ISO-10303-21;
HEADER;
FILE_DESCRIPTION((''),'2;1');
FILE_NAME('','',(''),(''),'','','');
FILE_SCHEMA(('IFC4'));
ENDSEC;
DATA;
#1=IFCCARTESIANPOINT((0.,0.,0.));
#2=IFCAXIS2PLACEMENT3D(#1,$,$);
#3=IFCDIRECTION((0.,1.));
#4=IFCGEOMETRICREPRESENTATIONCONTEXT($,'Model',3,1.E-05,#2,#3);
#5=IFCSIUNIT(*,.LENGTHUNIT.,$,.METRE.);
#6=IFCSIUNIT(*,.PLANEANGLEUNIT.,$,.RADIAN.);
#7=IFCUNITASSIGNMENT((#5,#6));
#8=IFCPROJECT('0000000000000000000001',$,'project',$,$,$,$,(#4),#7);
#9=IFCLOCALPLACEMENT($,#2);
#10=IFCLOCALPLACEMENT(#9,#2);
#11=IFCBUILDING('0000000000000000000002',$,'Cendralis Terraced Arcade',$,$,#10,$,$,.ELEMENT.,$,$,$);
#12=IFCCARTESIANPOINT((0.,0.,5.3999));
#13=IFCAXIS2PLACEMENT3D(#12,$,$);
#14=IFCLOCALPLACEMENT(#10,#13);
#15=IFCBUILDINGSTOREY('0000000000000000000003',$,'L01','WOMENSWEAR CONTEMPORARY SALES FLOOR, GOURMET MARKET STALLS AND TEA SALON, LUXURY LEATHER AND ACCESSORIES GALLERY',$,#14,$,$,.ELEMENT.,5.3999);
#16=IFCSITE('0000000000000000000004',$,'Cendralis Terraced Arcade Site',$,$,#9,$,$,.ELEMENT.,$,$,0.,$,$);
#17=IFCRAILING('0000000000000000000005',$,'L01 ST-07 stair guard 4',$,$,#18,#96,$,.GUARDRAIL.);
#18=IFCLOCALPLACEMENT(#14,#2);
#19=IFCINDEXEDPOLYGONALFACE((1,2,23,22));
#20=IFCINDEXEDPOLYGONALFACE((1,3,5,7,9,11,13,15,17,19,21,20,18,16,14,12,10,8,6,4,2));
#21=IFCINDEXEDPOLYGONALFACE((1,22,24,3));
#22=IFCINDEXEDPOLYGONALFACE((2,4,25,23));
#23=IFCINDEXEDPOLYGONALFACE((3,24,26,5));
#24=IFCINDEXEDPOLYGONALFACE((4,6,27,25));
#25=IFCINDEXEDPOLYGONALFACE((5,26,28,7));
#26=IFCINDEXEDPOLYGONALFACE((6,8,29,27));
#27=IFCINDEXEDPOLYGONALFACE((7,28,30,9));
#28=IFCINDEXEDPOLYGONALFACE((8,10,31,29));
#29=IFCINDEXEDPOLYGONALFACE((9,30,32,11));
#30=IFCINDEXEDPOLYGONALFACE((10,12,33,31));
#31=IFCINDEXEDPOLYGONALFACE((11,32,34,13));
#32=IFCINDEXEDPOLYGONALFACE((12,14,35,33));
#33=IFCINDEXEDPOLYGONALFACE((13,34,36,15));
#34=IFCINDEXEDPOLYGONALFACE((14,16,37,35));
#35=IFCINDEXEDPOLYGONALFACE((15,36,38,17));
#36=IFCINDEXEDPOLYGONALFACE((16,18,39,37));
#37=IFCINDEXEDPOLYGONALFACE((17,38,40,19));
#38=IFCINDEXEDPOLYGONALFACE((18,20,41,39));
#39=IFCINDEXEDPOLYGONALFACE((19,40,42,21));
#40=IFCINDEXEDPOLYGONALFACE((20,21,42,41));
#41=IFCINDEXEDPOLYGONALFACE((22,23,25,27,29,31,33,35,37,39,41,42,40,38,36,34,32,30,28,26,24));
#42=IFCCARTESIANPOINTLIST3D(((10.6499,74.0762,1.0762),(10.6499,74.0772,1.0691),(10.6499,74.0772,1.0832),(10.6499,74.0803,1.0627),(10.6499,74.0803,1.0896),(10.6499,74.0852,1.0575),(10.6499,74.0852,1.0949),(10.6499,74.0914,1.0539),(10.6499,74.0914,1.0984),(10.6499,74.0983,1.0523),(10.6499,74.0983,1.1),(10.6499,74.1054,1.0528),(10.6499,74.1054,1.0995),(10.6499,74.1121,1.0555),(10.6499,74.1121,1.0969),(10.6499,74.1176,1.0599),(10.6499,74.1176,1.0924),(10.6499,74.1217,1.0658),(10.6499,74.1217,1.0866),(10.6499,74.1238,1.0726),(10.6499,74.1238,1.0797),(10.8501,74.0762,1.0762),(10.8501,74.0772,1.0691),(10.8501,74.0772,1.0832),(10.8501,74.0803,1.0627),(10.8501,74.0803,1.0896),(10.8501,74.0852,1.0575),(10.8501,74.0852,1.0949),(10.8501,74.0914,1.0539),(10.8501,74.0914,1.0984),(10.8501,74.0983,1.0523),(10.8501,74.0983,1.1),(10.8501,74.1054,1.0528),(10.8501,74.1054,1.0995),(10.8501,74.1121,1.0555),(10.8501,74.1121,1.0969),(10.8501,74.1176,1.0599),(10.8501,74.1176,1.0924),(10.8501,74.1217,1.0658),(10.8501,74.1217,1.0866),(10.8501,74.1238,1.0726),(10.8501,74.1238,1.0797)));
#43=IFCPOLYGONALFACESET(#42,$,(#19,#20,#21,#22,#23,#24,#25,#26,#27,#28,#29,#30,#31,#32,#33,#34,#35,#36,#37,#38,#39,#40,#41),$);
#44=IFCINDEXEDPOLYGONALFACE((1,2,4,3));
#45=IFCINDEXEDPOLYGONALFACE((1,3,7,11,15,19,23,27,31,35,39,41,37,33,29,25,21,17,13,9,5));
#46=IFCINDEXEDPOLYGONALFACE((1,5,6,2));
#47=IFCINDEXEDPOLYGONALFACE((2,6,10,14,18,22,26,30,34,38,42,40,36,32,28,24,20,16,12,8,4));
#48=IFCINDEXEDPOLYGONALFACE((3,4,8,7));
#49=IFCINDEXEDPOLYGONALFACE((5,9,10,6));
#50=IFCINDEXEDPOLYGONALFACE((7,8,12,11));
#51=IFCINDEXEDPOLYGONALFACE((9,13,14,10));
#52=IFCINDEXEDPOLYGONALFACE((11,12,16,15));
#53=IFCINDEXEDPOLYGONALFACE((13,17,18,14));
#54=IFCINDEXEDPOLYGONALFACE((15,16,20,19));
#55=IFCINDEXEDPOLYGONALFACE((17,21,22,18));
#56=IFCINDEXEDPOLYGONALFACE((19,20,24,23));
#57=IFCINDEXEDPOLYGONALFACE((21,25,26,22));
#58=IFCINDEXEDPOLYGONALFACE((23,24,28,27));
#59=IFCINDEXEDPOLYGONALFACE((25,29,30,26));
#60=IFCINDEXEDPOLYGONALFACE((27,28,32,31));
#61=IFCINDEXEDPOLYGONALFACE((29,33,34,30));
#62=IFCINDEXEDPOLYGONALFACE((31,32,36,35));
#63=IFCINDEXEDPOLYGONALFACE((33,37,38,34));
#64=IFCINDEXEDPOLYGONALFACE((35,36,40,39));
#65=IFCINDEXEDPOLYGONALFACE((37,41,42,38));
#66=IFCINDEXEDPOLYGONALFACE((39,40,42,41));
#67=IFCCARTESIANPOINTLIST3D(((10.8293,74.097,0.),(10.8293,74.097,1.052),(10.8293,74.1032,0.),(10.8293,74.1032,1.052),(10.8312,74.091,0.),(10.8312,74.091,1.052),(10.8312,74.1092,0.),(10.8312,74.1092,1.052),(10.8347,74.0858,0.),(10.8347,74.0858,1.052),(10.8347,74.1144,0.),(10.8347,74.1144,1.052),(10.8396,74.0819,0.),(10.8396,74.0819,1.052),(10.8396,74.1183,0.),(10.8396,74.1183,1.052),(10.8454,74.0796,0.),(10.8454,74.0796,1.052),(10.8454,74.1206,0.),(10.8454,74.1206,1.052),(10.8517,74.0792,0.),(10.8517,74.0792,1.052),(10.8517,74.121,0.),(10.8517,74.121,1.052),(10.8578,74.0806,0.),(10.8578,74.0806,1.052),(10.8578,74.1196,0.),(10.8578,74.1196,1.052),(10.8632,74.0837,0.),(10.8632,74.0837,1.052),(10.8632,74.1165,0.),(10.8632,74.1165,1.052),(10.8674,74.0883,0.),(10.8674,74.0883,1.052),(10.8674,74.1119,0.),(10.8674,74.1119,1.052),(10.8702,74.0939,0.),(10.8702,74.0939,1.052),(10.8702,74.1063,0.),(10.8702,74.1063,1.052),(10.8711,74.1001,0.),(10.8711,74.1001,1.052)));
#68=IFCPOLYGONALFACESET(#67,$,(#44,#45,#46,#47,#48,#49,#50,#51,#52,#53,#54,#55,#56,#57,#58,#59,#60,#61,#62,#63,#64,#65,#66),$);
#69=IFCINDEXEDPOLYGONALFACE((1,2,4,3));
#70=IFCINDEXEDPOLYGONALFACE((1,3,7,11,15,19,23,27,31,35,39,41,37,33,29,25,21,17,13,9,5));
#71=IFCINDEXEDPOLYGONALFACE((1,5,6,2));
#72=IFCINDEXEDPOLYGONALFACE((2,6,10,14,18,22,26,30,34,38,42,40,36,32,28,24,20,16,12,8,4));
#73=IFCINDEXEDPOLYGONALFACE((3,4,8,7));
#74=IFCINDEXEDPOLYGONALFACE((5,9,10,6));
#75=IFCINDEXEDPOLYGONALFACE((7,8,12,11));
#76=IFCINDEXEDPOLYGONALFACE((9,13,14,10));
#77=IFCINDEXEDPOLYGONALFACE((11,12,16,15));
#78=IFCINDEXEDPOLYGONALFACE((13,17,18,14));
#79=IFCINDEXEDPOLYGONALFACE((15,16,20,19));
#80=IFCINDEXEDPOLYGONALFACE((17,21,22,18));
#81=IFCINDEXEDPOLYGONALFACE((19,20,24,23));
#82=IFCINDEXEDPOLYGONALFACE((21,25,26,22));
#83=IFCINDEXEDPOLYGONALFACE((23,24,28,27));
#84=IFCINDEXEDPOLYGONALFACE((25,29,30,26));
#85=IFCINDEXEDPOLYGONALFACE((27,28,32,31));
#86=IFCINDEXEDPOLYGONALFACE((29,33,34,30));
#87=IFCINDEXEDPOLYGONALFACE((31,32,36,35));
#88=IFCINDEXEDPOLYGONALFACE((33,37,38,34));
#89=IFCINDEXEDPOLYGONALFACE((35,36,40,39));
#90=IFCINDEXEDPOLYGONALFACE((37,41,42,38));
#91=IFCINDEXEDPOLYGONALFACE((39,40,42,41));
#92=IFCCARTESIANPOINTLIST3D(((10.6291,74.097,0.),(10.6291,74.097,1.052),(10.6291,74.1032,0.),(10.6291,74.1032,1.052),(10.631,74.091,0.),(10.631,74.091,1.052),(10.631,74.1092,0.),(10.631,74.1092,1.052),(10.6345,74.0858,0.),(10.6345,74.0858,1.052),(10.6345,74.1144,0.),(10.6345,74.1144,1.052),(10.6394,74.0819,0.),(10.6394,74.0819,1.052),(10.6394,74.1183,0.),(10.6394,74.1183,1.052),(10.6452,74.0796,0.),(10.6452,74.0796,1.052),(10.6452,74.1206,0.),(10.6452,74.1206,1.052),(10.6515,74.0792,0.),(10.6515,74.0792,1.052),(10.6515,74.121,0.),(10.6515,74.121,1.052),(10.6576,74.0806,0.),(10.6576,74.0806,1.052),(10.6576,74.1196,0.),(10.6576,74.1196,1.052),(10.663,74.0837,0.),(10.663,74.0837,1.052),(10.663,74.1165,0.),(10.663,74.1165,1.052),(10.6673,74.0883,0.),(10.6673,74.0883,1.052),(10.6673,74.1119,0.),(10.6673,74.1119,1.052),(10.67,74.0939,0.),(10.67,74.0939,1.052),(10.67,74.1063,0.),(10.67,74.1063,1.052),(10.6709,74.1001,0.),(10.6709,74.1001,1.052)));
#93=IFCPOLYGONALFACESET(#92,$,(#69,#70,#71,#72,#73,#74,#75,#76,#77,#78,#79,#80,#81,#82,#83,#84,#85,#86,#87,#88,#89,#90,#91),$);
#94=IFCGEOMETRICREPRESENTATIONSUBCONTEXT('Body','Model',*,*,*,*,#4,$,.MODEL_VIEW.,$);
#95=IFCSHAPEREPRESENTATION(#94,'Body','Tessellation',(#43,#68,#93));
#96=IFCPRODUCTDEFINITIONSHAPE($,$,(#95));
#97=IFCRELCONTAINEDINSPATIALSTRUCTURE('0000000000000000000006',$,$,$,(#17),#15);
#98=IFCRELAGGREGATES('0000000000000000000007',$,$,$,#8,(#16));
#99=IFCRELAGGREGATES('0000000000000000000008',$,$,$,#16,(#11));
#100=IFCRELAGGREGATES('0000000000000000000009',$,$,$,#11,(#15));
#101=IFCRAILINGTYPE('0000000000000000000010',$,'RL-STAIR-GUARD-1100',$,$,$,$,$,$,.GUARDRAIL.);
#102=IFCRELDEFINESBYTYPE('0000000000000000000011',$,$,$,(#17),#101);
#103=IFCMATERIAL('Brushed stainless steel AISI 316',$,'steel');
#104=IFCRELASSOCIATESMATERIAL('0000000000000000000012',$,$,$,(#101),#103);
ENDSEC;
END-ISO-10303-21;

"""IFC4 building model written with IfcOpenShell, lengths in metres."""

from ifc_helpers import new_model, si_unit, direction, frame, origin, origin_2d, place, context, subcontext, project, spatial, circle, extrude, material, type_object, element, save


model = new_model("IFC4")

# Units and contexts
model_context = context("Model", 3, precision=1e-05, world=origin(), true_north=direction((0.0, 1.0)))
body_context = subcontext(model_context, "Body", "Model", "MODEL_VIEW")
ifc_project = project(units=[si_unit("LENGTHUNIT", "METRE"), si_unit("PLANEANGLEUNIT", "RADIAN")], contexts=[model_context])

# Site, building, storey
site_placement = place(None, origin())
site = spatial("IfcSite", under=ifc_project, at=site_placement, Name="Cendralis Terraced Arcade Site", CompositionType="ELEMENT", RefElevation=0.0)
building_placement = place(site_placement, origin())
building = spatial("IfcBuilding", under=site, at=building_placement, Name="Cendralis Terraced Arcade", CompositionType="ELEMENT")
storey_placement = place(building_placement, frame((0.0, 0.0, 5.3999)))
storey = spatial("IfcBuildingStorey", under=building, at=storey_placement, Name="L01", Description="WOMENSWEAR CONTEMPORARY SALES FLOOR, GOURMET MARKET STALLS AND TEA SALON, LUXURY LEATHER AND ACCESSORIES GALLERY", CompositionType="ELEMENT", Elevation=5.3999)

# Railing
ifc_material_1 = material(Name="Brushed stainless steel AISI 316", Category="steel")
railing_type_1 = type_object("IfcRailingType", Name="RL-STAIR-GUARD-1100", PredefinedType="GUARDRAIL", material=ifc_material_1)
railing_1_placement = place(storey_placement, frame((10.8501, 74.1001, 0.0)))
element("IfcRailing", 1, at=railing_1_placement, inside=storey, type_object=railing_type_1, Name="L01 ST-07 stair guard 4", PredefinedType="GUARDRAIL", context=body_context, shape_type="SweptSolid", body=[
    extrude(circle(Radius=0.0239, at=origin_2d()), frame((0.0, 0.0, 1.0762), z_axis=(-1.0, 0.0, 0.0), x_axis=(0.0, -1.0, 0.0)), (0.0, 0.0, 1.0), 0.2002),
    extrude(circle(Radius=0.021, at=origin_2d()), origin(), (0.0, 0.0, 1.0), 1.052),
    extrude(circle(Radius=0.021, at=origin_2d()), frame((-0.2002, 0.0, 0.0)), (0.0, 0.0, 1.0), 1.052),
])

save(model, "model.ifc")
